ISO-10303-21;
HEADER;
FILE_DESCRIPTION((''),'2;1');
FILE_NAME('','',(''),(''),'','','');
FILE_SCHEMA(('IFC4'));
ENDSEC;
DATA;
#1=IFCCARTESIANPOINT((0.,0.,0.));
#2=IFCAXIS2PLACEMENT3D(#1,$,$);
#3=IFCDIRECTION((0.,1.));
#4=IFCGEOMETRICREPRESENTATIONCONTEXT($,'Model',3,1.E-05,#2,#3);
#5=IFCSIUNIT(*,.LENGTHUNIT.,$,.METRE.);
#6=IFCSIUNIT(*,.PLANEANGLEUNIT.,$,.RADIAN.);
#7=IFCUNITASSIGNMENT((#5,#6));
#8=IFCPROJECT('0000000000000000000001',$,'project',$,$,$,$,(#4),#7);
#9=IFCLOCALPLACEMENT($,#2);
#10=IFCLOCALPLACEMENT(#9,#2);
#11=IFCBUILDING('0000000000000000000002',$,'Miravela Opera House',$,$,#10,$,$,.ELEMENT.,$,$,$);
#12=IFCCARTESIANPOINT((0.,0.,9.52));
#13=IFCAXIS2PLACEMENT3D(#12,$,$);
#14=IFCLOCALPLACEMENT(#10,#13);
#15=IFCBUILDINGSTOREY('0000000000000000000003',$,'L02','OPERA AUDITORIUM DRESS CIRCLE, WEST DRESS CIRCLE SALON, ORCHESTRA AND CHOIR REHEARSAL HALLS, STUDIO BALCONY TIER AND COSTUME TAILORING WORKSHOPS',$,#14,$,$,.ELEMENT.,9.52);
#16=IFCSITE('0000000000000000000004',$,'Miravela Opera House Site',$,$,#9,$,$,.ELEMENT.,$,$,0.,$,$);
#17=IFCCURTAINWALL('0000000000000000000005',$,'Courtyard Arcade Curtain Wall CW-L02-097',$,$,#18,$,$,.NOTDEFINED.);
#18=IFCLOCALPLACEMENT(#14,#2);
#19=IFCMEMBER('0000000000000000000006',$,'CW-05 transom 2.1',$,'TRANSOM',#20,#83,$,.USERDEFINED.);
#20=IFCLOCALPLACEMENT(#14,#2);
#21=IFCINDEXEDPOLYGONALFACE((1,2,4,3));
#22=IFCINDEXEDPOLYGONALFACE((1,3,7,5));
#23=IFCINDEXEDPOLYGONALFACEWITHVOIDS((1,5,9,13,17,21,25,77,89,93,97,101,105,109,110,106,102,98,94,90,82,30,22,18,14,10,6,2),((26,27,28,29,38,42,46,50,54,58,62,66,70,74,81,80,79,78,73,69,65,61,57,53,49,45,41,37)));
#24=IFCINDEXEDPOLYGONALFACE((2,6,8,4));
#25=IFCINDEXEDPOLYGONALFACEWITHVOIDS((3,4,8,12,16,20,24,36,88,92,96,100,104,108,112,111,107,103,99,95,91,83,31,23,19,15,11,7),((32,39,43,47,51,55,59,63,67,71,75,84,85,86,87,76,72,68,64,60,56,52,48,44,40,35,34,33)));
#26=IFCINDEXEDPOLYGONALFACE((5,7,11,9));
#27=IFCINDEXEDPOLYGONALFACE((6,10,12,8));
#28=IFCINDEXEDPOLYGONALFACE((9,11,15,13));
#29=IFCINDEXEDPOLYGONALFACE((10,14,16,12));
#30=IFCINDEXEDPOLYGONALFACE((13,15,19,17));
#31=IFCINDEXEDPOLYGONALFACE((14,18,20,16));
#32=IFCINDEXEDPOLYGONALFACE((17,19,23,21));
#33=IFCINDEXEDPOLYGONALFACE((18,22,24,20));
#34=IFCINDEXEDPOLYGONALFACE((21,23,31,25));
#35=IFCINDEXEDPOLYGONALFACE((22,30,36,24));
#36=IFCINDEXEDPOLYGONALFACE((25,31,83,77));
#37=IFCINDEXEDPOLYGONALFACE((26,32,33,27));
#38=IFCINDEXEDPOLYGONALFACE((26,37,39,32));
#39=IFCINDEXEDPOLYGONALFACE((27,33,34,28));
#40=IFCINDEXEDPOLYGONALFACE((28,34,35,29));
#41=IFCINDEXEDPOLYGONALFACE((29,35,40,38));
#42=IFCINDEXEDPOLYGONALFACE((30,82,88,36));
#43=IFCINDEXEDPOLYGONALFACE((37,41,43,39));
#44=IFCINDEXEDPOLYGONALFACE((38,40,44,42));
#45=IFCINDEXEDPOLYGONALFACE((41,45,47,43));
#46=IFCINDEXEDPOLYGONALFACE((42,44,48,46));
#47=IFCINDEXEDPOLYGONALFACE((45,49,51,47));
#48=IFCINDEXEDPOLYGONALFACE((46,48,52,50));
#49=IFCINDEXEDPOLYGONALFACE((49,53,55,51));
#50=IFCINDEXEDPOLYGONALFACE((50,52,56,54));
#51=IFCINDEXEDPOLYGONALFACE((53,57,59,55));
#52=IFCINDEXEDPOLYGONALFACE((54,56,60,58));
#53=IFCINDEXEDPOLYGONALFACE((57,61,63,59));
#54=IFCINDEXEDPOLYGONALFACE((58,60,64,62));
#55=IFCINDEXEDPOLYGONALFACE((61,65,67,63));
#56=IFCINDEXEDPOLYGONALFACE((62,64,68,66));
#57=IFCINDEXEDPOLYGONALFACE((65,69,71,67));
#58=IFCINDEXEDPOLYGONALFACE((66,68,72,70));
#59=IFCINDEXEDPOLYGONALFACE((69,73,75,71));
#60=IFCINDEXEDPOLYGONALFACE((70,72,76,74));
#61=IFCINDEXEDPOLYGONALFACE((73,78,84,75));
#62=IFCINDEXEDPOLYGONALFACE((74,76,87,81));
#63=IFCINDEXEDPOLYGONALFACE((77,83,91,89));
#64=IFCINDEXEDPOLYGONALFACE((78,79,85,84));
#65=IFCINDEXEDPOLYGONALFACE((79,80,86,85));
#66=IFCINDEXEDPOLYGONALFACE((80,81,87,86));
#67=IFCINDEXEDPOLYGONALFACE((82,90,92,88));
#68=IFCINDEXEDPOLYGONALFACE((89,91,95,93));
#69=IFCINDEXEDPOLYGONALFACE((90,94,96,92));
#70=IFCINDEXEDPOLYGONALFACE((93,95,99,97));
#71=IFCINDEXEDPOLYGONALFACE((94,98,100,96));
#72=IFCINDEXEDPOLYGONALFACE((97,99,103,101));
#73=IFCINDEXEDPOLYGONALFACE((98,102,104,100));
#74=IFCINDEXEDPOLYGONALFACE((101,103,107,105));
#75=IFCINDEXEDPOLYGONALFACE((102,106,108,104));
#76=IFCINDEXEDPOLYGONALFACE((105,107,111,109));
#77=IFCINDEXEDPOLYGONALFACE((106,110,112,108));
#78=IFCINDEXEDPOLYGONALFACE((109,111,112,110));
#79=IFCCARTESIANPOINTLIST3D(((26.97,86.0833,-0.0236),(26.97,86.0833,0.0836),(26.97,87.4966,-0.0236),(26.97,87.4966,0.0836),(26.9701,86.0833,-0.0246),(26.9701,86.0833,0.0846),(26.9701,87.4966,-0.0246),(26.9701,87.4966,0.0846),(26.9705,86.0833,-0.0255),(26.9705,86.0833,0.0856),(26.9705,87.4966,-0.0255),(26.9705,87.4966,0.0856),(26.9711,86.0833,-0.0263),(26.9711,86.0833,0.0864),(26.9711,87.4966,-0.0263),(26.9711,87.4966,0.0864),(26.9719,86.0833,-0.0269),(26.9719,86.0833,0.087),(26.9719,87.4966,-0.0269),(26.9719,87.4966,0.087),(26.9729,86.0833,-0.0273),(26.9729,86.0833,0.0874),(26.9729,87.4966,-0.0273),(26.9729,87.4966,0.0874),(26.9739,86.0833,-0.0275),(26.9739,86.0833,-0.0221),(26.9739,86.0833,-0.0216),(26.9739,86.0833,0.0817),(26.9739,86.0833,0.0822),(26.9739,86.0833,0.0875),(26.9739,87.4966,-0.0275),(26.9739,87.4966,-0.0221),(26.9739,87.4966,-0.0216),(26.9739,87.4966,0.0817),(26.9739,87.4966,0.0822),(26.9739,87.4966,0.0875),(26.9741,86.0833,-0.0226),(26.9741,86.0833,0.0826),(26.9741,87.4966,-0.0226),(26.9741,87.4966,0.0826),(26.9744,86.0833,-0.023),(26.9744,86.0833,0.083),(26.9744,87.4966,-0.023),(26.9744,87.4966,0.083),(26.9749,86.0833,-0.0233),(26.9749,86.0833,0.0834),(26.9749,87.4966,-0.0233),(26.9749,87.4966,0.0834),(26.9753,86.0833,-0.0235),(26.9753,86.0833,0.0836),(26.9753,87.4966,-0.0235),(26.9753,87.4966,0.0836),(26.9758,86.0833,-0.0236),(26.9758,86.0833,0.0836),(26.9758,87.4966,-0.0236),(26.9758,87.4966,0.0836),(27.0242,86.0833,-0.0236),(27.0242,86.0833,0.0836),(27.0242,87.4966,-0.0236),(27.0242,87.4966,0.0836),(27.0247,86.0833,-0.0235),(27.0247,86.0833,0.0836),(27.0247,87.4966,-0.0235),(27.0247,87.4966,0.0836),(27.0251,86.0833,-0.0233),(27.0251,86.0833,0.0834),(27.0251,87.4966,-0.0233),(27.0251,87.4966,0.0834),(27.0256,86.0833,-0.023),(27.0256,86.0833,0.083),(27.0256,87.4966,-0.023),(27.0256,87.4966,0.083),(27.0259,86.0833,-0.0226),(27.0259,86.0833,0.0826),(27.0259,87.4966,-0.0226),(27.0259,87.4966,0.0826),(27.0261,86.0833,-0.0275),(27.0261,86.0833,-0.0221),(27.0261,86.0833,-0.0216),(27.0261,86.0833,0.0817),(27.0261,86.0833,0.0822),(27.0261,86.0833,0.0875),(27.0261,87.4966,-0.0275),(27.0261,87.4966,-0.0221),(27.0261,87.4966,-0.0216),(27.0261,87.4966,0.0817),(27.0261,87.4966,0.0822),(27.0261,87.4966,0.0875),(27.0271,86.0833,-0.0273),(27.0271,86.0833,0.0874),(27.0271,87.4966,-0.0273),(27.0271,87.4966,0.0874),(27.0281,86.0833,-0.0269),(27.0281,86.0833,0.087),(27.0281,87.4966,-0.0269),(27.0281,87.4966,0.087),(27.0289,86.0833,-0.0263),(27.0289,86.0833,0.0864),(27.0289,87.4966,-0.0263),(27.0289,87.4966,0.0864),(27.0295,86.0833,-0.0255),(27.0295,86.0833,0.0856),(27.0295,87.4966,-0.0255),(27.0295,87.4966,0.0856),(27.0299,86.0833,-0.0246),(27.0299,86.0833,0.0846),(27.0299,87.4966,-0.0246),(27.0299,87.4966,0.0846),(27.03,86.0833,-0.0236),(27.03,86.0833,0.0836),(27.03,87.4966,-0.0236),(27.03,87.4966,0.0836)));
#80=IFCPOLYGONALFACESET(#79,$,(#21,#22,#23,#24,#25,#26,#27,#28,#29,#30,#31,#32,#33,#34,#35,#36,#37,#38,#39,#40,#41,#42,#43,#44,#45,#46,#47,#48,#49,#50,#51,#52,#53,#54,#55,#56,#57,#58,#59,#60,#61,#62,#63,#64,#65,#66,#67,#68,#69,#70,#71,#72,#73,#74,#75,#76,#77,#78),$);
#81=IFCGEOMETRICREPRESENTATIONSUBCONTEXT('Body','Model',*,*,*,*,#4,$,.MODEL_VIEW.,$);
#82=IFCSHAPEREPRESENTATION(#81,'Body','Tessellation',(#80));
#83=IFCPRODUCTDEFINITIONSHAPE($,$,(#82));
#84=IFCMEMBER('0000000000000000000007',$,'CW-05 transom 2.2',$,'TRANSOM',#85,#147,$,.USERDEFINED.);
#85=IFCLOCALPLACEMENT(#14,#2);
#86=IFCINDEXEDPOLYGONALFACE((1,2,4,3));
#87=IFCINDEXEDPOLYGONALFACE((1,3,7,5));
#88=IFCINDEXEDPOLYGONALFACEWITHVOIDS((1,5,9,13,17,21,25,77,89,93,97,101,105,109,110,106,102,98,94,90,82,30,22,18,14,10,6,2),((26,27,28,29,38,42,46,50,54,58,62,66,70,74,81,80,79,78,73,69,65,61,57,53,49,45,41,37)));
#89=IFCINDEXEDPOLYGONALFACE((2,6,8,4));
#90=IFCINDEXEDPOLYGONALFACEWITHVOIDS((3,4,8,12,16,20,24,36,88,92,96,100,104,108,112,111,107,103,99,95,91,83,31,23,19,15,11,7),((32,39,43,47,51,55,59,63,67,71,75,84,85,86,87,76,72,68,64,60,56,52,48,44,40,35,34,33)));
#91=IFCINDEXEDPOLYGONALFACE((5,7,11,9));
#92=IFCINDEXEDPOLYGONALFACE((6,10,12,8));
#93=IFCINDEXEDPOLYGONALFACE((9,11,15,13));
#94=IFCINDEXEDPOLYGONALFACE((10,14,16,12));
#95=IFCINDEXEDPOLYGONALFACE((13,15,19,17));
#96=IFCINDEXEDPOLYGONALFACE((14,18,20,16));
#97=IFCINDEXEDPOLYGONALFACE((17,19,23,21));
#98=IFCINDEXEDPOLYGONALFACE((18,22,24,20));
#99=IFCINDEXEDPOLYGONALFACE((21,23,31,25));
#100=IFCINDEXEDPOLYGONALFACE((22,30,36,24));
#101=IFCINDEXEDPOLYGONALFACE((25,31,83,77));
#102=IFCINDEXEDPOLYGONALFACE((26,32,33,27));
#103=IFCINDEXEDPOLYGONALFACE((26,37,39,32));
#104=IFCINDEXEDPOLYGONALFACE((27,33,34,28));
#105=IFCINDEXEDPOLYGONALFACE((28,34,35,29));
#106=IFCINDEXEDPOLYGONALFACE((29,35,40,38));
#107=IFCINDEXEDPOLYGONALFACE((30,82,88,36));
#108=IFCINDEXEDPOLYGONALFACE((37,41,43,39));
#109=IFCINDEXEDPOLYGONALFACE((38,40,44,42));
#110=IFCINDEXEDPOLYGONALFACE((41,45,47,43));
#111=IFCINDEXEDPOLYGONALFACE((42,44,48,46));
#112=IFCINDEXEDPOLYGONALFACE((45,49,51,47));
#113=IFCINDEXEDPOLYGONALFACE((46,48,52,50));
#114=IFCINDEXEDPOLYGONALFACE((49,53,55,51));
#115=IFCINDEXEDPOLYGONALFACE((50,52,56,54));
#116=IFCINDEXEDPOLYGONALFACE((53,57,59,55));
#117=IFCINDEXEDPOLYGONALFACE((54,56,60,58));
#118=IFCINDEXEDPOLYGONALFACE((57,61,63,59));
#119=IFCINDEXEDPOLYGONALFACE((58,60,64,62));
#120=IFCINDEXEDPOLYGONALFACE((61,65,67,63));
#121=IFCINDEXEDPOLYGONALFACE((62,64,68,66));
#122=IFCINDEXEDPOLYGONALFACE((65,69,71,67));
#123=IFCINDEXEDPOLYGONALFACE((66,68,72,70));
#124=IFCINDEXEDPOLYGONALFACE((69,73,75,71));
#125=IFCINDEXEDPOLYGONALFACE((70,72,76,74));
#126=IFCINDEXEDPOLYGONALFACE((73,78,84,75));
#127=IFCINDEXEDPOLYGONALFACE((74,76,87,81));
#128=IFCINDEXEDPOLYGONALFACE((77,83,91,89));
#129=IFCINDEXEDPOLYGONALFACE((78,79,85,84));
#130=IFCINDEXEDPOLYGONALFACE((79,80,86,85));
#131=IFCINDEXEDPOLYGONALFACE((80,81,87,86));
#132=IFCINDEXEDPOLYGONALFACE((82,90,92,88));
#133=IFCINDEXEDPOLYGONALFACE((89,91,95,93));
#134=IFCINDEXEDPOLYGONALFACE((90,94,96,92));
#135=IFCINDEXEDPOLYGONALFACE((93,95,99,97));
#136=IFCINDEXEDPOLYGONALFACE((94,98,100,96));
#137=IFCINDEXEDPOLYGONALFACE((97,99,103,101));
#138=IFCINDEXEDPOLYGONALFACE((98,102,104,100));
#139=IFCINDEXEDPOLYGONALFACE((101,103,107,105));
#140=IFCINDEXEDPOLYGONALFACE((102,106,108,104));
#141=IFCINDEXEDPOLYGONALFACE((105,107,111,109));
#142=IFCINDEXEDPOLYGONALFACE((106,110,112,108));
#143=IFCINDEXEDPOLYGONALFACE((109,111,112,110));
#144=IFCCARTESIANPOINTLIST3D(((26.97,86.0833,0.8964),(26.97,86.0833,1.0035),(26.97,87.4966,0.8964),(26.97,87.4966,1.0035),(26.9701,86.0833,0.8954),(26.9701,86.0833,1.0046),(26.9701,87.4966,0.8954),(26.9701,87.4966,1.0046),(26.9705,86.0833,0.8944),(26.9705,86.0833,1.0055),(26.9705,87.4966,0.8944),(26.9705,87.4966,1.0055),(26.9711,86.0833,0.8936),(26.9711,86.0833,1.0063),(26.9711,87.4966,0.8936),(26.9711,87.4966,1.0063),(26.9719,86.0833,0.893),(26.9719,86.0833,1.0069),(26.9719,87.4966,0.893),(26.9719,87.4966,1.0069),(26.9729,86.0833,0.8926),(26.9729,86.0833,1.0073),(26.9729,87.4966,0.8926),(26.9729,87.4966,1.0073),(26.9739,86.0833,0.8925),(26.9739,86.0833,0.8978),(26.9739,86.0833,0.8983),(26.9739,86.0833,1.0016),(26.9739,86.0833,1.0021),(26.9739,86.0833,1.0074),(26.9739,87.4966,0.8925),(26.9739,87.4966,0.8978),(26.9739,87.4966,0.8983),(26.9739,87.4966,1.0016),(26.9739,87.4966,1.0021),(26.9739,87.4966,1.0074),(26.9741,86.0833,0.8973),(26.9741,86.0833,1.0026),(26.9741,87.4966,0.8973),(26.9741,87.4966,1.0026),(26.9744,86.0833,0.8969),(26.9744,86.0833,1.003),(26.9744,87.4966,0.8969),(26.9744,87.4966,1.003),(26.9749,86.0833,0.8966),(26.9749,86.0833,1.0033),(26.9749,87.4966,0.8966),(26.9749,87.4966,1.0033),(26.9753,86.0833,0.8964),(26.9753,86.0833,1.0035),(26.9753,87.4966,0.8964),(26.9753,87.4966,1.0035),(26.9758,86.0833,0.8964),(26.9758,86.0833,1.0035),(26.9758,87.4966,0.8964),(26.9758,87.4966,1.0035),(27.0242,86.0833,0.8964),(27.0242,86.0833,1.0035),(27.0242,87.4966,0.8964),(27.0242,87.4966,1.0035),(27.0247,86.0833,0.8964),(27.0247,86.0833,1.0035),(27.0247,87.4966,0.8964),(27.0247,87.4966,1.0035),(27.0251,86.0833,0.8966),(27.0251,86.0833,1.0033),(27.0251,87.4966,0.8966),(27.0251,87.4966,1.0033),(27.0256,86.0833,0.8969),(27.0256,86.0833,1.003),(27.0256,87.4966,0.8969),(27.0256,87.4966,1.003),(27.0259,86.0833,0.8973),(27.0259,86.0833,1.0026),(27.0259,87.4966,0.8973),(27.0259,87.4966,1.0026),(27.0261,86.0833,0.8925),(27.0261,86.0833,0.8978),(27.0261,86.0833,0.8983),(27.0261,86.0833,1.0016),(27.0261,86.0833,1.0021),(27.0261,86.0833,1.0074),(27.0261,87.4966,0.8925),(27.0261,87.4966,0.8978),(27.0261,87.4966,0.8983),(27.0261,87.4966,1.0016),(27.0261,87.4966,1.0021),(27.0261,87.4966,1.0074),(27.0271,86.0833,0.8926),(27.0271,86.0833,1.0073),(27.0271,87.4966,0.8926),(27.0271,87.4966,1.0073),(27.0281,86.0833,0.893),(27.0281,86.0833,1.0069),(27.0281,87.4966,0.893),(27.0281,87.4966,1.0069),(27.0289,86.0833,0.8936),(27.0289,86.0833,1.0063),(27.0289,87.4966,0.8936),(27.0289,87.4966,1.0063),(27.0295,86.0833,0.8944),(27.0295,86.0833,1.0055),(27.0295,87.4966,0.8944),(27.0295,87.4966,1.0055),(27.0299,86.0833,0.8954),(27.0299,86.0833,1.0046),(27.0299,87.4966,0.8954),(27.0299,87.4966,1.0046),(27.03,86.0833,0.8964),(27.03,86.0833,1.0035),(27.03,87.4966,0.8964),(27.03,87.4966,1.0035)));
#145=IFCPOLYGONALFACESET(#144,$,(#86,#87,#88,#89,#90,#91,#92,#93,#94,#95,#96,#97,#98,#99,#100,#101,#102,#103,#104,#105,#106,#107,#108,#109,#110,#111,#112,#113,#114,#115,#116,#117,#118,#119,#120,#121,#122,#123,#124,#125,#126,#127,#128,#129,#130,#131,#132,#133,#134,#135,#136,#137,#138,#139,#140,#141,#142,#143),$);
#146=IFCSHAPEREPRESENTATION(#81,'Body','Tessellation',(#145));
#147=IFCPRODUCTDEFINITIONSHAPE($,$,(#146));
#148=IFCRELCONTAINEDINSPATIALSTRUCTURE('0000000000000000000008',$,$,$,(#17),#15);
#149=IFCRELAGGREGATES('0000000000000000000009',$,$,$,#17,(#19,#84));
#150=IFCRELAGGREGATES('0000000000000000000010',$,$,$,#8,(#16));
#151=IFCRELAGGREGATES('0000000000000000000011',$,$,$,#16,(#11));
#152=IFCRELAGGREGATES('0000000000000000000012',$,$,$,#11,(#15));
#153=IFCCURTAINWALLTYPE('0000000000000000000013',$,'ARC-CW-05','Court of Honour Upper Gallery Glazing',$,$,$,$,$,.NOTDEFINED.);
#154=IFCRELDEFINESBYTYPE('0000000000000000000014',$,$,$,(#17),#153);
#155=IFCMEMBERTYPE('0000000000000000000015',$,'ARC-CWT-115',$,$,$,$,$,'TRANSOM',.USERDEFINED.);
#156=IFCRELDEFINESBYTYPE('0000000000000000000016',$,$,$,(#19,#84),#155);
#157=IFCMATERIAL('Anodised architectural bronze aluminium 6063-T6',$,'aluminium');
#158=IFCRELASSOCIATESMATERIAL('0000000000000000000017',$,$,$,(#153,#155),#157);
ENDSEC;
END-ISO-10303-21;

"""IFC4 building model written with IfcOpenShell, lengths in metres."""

from ifc_helpers import new_model, si_unit, direction, frame, origin, origin_2d, place, context, subcontext, project, spatial, hollow_rectangle, extrude, material, material_profile, profile_set, type_object, element, aggregate, save


model = new_model("IFC4")

# Units and contexts
model_context = context("Model", 3, precision=1e-05, world=origin(), true_north=direction((0.0, 1.0)))
body_context = subcontext(model_context, "Body", "Model", "MODEL_VIEW")
ifc_project = project(units=[si_unit("LENGTHUNIT", "METRE"), si_unit("PLANEANGLEUNIT", "RADIAN")], contexts=[model_context])

# Site, building, storey
site_placement = place(None, origin())
site = spatial("IfcSite", under=ifc_project, at=site_placement, Name="Miravela Opera House Site", CompositionType="ELEMENT", RefElevation=0.0)
building_placement = place(site_placement, origin())
building = spatial("IfcBuilding", under=site, at=building_placement, Name="Miravela Opera House", CompositionType="ELEMENT")
storey_placement = place(building_placement, frame((0.0, 0.0, 9.52)))
storey = spatial("IfcBuildingStorey", under=building, at=storey_placement, Name="L02", Description="OPERA AUDITORIUM DRESS CIRCLE, WEST DRESS CIRCLE SALON, ORCHESTRA AND CHOIR REHEARSAL HALLS, STUDIO BALCONY TIER AND COSTUME TAILORING WORKSHOPS", CompositionType="ELEMENT", Elevation=9.52)

# Curtain wall
ifc_material_1 = material(Name="Anodised architectural bronze aluminium 6063-T6", Category="aluminium")
curtain_wall_type = type_object("IfcCurtainWallType", Name="ARC-CW-05", Description="Court of Honour Upper Gallery Glazing", PredefinedType="NOTDEFINED", material=ifc_material_1)
curtain_wall_1_placement = place(storey_placement, origin())
curtain_wall_1 = element("IfcCurtainWall", 1, at=curtain_wall_1_placement, inside=storey, type_object=curtain_wall_type, Name="Courtyard Arcade Curtain Wall CW-L02-097", PredefinedType="NOTDEFINED")

# Members
ifc_material_profile_1 = material_profile(ifc_material_1, hollow_rectangle(XDim=0.0601, YDim=0.115, WallThickness=0.0039, InnerFilletRadius=0.002, OuterFilletRadius=0.0039, at=origin_2d()), Name="CWT-60X115")
ifc_profile_set_1 = profile_set([ifc_material_profile_1])
member_type_1 = type_object("IfcMemberType", Name="ARC-CWT-115", ElementType="TRANSOM", PredefinedType="USERDEFINED", material=ifc_profile_set_1)
member_1_placement = place(storey_placement, frame((27.0, 86.0833, 0.03), z_axis=(0.0, 1.0, 0.0), x_axis=(-1.0, 0.0, 0.0)))
member_1 = element("IfcMember", 2, at=member_1_placement, type_object=member_type_1, Name="CW-05 transom 2.1", ObjectType="TRANSOM", PredefinedType="USERDEFINED", context=body_context, shape_type="SweptSolid", body=[
    extrude(hollow_rectangle(XDim=0.0601, YDim=0.115, WallThickness=0.0039, InnerFilletRadius=0.002, OuterFilletRadius=0.0039, at=origin_2d()), origin(), (0.0, 0.0, 1.0), 1.4133),
])
member_2_placement = place(storey_placement, frame((27.0, 86.0833, 0.95), z_axis=(0.0, 1.0, 0.0), x_axis=(-1.0, 0.0, 0.0)))
member_2 = element("IfcMember", 3, at=member_2_placement, type_object=member_type_1, Name="CW-05 transom 2.2", ObjectType="TRANSOM", PredefinedType="USERDEFINED", context=body_context, shape_type="SweptSolid", body=[
    extrude(hollow_rectangle(XDim=0.0601, YDim=0.115, WallThickness=0.0039, InnerFilletRadius=0.002, OuterFilletRadius=0.0039, at=origin_2d()), origin(), (0.0, 0.0, 1.0), 1.4133),
])

aggregate(curtain_wall_1, [member_1, member_2])

save(model, "model.ifc")
